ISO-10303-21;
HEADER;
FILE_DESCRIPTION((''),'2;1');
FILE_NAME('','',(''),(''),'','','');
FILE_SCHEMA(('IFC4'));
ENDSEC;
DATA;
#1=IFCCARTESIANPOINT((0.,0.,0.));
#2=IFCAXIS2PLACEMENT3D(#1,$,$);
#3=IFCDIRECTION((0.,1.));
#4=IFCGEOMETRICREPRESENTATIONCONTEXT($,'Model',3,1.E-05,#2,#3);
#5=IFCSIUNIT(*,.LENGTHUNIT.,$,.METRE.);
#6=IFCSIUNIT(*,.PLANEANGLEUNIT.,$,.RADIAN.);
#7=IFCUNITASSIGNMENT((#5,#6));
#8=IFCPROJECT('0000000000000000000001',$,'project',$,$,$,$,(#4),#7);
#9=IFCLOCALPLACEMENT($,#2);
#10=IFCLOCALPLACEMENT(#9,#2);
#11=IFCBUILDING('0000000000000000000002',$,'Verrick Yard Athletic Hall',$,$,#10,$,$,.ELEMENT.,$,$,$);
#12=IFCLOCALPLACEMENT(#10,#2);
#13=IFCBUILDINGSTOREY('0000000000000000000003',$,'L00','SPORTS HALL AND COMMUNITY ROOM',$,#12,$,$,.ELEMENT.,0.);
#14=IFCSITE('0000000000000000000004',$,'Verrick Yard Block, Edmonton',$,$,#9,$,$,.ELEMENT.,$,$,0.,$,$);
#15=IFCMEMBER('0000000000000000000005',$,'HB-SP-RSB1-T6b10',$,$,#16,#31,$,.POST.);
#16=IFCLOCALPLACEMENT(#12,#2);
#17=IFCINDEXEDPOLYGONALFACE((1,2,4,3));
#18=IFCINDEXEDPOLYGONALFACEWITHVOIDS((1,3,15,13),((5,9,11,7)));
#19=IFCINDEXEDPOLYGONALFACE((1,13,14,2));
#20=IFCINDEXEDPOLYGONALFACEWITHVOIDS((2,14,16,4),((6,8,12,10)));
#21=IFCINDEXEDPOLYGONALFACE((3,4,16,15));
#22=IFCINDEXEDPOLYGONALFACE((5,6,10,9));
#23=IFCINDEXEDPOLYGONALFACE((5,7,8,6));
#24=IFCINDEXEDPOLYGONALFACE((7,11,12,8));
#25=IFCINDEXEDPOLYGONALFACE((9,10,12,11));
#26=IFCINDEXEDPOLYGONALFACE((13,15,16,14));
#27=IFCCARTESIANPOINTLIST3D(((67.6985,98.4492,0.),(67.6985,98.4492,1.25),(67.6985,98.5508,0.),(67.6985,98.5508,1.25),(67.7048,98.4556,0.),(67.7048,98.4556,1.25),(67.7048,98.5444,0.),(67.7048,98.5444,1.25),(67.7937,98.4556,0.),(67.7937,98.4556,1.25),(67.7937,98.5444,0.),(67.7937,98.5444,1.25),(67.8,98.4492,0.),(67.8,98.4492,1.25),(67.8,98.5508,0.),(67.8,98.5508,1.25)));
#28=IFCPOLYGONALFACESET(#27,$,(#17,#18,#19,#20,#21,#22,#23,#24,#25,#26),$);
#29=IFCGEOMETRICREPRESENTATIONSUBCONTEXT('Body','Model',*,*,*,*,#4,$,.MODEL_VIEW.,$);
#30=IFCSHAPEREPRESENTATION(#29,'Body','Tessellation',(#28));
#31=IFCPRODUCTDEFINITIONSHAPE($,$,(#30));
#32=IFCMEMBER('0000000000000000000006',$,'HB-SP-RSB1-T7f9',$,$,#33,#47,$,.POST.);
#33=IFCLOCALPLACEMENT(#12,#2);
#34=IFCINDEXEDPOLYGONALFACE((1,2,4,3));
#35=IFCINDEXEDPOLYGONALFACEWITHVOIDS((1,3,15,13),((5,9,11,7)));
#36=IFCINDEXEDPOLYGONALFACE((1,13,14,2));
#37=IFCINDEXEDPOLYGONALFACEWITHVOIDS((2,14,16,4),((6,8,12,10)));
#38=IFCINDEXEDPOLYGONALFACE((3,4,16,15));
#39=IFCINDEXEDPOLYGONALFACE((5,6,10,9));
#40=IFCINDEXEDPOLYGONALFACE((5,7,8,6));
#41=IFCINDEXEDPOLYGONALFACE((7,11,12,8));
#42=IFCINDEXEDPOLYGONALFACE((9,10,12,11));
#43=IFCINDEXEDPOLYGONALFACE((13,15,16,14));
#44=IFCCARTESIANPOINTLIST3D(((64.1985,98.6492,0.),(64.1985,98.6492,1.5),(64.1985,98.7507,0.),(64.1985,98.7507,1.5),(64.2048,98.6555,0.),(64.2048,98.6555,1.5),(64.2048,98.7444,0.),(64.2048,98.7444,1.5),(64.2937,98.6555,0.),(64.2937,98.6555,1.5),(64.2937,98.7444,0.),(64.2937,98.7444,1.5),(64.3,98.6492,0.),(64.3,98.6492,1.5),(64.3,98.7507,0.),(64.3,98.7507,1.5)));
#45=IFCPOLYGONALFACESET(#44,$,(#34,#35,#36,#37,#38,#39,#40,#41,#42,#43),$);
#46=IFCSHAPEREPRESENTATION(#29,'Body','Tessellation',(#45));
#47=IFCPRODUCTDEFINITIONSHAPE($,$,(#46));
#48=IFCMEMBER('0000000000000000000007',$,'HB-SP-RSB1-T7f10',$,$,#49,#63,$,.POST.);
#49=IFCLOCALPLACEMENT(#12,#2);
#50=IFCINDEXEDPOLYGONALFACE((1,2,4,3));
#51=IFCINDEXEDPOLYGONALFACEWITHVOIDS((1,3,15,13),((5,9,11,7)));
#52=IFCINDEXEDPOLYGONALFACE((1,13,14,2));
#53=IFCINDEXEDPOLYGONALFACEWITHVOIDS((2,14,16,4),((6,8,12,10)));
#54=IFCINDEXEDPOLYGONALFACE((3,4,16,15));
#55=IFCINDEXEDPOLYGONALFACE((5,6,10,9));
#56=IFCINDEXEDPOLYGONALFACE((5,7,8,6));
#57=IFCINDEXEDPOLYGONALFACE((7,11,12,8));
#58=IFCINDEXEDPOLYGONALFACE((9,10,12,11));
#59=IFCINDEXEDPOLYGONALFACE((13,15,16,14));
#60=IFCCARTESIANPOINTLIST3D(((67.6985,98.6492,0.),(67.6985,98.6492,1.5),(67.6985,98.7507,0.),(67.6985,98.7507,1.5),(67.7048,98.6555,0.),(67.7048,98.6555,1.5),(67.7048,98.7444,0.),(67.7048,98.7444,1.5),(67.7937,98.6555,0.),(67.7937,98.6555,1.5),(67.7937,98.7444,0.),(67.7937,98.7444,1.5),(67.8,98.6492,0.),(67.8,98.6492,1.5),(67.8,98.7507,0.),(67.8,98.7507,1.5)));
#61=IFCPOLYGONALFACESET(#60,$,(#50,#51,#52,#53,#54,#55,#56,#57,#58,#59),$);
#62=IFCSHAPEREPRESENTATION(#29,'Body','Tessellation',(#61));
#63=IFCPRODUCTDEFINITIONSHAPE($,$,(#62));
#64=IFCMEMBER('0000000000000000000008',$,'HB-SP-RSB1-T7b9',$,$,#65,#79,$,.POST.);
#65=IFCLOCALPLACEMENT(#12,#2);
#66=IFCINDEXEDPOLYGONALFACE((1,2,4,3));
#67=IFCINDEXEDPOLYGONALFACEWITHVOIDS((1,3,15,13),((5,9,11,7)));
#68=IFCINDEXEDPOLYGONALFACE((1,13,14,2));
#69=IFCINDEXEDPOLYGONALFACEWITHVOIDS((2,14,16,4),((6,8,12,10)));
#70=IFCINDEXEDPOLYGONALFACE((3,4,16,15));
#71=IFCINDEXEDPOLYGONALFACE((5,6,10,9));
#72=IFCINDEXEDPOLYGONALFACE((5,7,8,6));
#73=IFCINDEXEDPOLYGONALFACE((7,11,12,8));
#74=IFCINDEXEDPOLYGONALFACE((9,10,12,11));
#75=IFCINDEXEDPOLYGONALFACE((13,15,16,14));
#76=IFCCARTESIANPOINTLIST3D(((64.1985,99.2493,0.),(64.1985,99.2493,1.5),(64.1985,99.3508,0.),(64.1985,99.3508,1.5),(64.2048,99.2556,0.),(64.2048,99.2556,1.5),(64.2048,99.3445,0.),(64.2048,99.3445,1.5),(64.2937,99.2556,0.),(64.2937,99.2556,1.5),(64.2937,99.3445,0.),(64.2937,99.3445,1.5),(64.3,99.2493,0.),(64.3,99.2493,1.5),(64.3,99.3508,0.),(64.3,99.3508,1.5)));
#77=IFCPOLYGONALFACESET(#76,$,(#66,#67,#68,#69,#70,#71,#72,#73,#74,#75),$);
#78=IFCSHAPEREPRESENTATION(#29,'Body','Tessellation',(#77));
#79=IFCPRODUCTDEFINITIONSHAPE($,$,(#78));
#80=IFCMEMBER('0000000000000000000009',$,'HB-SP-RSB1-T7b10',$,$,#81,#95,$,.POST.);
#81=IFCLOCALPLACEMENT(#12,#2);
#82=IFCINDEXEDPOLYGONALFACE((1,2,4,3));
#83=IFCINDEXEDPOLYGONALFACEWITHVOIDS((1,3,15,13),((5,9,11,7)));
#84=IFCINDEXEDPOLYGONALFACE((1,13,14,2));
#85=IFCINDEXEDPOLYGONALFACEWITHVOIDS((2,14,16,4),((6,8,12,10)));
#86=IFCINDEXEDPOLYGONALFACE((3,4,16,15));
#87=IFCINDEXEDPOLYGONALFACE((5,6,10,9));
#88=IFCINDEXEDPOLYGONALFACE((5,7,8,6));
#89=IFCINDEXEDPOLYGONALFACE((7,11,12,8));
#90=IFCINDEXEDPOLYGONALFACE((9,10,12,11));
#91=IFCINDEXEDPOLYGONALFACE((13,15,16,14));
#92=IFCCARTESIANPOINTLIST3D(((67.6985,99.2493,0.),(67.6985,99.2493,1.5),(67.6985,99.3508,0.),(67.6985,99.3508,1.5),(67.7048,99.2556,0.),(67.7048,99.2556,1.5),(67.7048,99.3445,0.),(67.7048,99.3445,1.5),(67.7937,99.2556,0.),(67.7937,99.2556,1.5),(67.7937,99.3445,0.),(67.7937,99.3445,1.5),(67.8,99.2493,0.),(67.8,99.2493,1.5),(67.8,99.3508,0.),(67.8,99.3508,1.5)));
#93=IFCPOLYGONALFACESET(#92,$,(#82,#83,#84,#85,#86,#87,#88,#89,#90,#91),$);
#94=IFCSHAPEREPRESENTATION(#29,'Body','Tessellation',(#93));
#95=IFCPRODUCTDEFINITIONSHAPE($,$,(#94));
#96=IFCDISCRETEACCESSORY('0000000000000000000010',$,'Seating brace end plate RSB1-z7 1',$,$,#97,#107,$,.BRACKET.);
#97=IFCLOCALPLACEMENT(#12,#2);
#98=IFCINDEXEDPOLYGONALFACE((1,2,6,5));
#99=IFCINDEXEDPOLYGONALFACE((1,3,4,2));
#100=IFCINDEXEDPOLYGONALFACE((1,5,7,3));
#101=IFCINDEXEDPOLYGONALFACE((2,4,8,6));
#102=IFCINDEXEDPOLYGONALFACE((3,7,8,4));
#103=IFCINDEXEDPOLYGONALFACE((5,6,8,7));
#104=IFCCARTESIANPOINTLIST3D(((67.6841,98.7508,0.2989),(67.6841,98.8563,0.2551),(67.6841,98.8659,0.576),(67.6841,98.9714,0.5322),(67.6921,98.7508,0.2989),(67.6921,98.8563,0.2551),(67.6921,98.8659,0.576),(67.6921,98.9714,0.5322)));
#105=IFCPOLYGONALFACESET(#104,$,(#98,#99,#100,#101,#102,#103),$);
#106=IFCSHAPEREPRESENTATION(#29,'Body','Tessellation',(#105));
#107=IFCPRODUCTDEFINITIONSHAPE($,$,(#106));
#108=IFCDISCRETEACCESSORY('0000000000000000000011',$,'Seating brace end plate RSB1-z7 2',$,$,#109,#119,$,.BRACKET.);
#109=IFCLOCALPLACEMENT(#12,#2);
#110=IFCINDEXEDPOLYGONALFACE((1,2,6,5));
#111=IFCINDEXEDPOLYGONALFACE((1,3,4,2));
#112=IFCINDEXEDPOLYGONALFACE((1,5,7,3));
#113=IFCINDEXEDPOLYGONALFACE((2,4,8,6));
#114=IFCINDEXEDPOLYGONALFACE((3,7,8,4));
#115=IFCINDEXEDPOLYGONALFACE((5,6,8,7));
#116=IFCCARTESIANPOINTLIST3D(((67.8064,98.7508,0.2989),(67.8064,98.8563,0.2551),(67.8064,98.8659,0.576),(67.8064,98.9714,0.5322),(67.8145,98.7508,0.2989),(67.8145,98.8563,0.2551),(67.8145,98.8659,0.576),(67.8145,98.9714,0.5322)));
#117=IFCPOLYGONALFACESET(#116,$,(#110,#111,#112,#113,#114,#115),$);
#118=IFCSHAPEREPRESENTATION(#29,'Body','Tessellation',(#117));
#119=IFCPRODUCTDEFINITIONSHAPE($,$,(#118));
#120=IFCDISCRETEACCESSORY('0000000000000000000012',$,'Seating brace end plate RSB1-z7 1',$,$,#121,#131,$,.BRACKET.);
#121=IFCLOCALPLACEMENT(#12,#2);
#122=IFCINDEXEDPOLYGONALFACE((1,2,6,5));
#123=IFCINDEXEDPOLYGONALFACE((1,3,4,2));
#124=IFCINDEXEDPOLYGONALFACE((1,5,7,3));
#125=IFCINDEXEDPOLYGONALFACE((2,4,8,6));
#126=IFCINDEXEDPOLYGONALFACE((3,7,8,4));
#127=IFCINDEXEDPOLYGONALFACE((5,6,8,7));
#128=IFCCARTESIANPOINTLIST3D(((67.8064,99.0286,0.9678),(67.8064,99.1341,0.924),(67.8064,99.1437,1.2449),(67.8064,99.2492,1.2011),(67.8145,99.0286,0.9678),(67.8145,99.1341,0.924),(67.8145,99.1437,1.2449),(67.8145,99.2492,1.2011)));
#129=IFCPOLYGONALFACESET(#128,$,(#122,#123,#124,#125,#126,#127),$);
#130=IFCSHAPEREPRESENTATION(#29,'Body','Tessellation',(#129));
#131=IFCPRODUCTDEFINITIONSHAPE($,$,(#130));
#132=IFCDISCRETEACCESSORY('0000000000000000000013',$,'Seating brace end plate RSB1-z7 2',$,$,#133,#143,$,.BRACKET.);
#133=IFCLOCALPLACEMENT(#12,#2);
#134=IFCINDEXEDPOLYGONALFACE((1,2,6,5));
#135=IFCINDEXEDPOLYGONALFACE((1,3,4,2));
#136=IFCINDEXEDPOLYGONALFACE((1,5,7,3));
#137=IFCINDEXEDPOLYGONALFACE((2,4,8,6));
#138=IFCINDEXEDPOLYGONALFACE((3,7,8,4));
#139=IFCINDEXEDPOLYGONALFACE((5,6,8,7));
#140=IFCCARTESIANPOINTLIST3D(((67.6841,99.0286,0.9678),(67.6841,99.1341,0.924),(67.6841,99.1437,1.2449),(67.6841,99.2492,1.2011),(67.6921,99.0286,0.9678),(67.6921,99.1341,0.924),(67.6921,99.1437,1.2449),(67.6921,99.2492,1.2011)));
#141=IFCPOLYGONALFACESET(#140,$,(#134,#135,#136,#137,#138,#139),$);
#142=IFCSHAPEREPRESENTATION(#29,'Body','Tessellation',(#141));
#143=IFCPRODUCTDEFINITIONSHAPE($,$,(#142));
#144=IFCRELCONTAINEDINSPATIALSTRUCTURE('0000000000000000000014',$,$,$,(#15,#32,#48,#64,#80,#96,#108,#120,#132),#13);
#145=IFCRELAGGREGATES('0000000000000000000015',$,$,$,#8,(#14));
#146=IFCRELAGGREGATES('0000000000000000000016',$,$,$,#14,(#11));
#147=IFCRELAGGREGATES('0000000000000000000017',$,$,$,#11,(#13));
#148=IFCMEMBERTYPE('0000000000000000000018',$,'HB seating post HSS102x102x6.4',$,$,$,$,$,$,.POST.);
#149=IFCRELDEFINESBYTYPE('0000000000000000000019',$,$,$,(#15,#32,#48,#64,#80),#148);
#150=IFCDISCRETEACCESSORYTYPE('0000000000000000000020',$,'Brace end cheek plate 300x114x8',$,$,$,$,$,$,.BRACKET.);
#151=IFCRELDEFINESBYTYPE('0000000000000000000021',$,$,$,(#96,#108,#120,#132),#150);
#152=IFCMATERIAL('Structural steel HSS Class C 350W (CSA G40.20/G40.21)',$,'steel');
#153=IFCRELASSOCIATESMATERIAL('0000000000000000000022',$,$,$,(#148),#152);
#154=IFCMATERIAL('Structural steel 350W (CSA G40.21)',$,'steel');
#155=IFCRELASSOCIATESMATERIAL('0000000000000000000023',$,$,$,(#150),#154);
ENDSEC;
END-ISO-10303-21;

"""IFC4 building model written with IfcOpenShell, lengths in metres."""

from ifc_helpers import new_model, si_unit, direction, frame, origin, origin_2d, place, context, subcontext, project, spatial, rectangle, hollow_rectangle, extrude, material, material_profile, profile_set, type_object, element, save


model = new_model("IFC4")

# Units and contexts
model_context = context("Model", 3, precision=1e-05, world=origin(), true_north=direction((0.0, 1.0)))
body_context = subcontext(model_context, "Body", "Model", "MODEL_VIEW")
ifc_project = project(units=[si_unit("LENGTHUNIT", "METRE"), si_unit("PLANEANGLEUNIT", "RADIAN")], contexts=[model_context])

# Site, building, storey
site_placement = place(None, origin())
site = spatial("IfcSite", under=ifc_project, at=site_placement, Name="Verrick Yard Block, Edmonton", CompositionType="ELEMENT", RefElevation=0.0)
building_placement = place(site_placement, origin())
building = spatial("IfcBuilding", under=site, at=building_placement, Name="Verrick Yard Athletic Hall", CompositionType="ELEMENT")
storey_placement = place(building_placement, origin())
storey = spatial("IfcBuildingStorey", under=building, at=storey_placement, Name="L00", Description="SPORTS HALL AND COMMUNITY ROOM", CompositionType="ELEMENT", Elevation=0.0)

# Members
ifc_material_1 = material(Name="Structural steel HSS Class C 350W (CSA G40.20/G40.21)", Category="steel")
ifc_material_profile_1 = material_profile(ifc_material_1, hollow_rectangle(XDim=0.1016, YDim=0.1016, WallThickness=0.0063, at=origin_2d()), Name="HSS102x102x6.4")
ifc_profile_set_1 = profile_set([ifc_material_profile_1], Name="Structural steel HSS Class C 350W (CSA G40.20/G40.21)")
member_type_1 = type_object("IfcMemberType", Name="HB seating post HSS102x102x6.4", PredefinedType="POST", material=ifc_profile_set_1)
for number, where, z_axis, x_axis, name in (
    (1, (67.7493, 98.5, 0.0), (0.0, 0.0, 1.0), (0.0, 1.0, 0.0), "HB-SP-RSB1-T6b10"),
):
    element("IfcMember", number, at=place(storey_placement, frame(where, z_axis=z_axis, x_axis=x_axis)), inside=storey, type_object=member_type_1, Name=name, PredefinedType="POST", context=body_context, shape_type="SweptSolid", body=[
        extrude(hollow_rectangle(XDim=0.1016, YDim=0.1016, WallThickness=0.0063, at=origin_2d()), origin(), (0.0, 0.0, 1.0), 1.25),
    ])
for number, where, z_axis, x_axis, name in (
    (2, (64.2493, 98.7, 0.0), (0.0, 0.0, 1.0), (0.0, 1.0, 0.0), "HB-SP-RSB1-T7f9"),
    (3, (67.7493, 98.7, 0.0), (0.0, 0.0, 1.0), (0.0, 1.0, 0.0), "HB-SP-RSB1-T7f10"),
    (4, (64.2493, 99.3, 0.0), (0.0, 0.0, 1.0), (0.0, 1.0, 0.0), "HB-SP-RSB1-T7b9"),
    (5, (67.7493, 99.3, 0.0), (0.0, 0.0, 1.0), (0.0, 1.0, 0.0), "HB-SP-RSB1-T7b10"),
):
    element("IfcMember", number, at=place(storey_placement, frame(where, z_axis=z_axis, x_axis=x_axis)), inside=storey, type_object=member_type_1, Name=name, PredefinedType="POST", context=body_context, shape_type="SweptSolid", body=[
        extrude(hollow_rectangle(XDim=0.1016, YDim=0.1016, WallThickness=0.0063, at=origin_2d()), origin(), (0.0, 0.0, 1.0), 1.5),
    ])

# Discrete accessories
ifc_material_2 = material(Name="Structural steel 350W (CSA G40.21)", Category="steel")
ifc_material_profile_2 = material_profile(ifc_material_2, rectangle(XDim=0.3, YDim=0.1143, at=origin_2d()), Name="Brace end cheek plate")
ifc_profile_set_2 = profile_set([ifc_material_profile_2], Name="Structural steel 350W (CSA G40.21)")
discrete_accessory_type = type_object("IfcDiscreteAccessoryType", Name="Brace end cheek plate 300x114x8", PredefinedType="BRACKET", material=ifc_profile_set_2)
for number, where, z_axis, x_axis, name in (
    (6, (67.6921, 98.8611, 0.4155), (-1.0, 0.0, 0.0), (0.0, 0.383566, 0.923513), "Seating brace end plate RSB1-z7 1"),
    (7, (67.8064, 98.8611, 0.4155), (1.0, 0.0, 0.0), (0.0, 0.383566, 0.923513), "Seating brace end plate RSB1-z7 2"),
    (8, (67.8064, 99.1389, 1.0845), (1.0, 0.0, 0.0), (0.0, -0.383566, -0.923513), "Seating brace end plate RSB1-z7 1"),
    (9, (67.6921, 99.1389, 1.0845), (-1.0, 0.0, 0.0), (0.0, -0.383566, -0.923513), "Seating brace end plate RSB1-z7 2"),
):
    element("IfcDiscreteAccessory", number, at=place(storey_placement, frame(where, z_axis=z_axis, x_axis=x_axis)), inside=storey, type_object=discrete_accessory_type, Name=name, PredefinedType="BRACKET", context=body_context, shape_type="SweptSolid", body=[
        extrude(rectangle(XDim=0.3, YDim=0.1143, at=origin_2d()), origin(), (0.0, 0.0, 1.0), 0.0081),
    ])

save(model, "model.ifc")
